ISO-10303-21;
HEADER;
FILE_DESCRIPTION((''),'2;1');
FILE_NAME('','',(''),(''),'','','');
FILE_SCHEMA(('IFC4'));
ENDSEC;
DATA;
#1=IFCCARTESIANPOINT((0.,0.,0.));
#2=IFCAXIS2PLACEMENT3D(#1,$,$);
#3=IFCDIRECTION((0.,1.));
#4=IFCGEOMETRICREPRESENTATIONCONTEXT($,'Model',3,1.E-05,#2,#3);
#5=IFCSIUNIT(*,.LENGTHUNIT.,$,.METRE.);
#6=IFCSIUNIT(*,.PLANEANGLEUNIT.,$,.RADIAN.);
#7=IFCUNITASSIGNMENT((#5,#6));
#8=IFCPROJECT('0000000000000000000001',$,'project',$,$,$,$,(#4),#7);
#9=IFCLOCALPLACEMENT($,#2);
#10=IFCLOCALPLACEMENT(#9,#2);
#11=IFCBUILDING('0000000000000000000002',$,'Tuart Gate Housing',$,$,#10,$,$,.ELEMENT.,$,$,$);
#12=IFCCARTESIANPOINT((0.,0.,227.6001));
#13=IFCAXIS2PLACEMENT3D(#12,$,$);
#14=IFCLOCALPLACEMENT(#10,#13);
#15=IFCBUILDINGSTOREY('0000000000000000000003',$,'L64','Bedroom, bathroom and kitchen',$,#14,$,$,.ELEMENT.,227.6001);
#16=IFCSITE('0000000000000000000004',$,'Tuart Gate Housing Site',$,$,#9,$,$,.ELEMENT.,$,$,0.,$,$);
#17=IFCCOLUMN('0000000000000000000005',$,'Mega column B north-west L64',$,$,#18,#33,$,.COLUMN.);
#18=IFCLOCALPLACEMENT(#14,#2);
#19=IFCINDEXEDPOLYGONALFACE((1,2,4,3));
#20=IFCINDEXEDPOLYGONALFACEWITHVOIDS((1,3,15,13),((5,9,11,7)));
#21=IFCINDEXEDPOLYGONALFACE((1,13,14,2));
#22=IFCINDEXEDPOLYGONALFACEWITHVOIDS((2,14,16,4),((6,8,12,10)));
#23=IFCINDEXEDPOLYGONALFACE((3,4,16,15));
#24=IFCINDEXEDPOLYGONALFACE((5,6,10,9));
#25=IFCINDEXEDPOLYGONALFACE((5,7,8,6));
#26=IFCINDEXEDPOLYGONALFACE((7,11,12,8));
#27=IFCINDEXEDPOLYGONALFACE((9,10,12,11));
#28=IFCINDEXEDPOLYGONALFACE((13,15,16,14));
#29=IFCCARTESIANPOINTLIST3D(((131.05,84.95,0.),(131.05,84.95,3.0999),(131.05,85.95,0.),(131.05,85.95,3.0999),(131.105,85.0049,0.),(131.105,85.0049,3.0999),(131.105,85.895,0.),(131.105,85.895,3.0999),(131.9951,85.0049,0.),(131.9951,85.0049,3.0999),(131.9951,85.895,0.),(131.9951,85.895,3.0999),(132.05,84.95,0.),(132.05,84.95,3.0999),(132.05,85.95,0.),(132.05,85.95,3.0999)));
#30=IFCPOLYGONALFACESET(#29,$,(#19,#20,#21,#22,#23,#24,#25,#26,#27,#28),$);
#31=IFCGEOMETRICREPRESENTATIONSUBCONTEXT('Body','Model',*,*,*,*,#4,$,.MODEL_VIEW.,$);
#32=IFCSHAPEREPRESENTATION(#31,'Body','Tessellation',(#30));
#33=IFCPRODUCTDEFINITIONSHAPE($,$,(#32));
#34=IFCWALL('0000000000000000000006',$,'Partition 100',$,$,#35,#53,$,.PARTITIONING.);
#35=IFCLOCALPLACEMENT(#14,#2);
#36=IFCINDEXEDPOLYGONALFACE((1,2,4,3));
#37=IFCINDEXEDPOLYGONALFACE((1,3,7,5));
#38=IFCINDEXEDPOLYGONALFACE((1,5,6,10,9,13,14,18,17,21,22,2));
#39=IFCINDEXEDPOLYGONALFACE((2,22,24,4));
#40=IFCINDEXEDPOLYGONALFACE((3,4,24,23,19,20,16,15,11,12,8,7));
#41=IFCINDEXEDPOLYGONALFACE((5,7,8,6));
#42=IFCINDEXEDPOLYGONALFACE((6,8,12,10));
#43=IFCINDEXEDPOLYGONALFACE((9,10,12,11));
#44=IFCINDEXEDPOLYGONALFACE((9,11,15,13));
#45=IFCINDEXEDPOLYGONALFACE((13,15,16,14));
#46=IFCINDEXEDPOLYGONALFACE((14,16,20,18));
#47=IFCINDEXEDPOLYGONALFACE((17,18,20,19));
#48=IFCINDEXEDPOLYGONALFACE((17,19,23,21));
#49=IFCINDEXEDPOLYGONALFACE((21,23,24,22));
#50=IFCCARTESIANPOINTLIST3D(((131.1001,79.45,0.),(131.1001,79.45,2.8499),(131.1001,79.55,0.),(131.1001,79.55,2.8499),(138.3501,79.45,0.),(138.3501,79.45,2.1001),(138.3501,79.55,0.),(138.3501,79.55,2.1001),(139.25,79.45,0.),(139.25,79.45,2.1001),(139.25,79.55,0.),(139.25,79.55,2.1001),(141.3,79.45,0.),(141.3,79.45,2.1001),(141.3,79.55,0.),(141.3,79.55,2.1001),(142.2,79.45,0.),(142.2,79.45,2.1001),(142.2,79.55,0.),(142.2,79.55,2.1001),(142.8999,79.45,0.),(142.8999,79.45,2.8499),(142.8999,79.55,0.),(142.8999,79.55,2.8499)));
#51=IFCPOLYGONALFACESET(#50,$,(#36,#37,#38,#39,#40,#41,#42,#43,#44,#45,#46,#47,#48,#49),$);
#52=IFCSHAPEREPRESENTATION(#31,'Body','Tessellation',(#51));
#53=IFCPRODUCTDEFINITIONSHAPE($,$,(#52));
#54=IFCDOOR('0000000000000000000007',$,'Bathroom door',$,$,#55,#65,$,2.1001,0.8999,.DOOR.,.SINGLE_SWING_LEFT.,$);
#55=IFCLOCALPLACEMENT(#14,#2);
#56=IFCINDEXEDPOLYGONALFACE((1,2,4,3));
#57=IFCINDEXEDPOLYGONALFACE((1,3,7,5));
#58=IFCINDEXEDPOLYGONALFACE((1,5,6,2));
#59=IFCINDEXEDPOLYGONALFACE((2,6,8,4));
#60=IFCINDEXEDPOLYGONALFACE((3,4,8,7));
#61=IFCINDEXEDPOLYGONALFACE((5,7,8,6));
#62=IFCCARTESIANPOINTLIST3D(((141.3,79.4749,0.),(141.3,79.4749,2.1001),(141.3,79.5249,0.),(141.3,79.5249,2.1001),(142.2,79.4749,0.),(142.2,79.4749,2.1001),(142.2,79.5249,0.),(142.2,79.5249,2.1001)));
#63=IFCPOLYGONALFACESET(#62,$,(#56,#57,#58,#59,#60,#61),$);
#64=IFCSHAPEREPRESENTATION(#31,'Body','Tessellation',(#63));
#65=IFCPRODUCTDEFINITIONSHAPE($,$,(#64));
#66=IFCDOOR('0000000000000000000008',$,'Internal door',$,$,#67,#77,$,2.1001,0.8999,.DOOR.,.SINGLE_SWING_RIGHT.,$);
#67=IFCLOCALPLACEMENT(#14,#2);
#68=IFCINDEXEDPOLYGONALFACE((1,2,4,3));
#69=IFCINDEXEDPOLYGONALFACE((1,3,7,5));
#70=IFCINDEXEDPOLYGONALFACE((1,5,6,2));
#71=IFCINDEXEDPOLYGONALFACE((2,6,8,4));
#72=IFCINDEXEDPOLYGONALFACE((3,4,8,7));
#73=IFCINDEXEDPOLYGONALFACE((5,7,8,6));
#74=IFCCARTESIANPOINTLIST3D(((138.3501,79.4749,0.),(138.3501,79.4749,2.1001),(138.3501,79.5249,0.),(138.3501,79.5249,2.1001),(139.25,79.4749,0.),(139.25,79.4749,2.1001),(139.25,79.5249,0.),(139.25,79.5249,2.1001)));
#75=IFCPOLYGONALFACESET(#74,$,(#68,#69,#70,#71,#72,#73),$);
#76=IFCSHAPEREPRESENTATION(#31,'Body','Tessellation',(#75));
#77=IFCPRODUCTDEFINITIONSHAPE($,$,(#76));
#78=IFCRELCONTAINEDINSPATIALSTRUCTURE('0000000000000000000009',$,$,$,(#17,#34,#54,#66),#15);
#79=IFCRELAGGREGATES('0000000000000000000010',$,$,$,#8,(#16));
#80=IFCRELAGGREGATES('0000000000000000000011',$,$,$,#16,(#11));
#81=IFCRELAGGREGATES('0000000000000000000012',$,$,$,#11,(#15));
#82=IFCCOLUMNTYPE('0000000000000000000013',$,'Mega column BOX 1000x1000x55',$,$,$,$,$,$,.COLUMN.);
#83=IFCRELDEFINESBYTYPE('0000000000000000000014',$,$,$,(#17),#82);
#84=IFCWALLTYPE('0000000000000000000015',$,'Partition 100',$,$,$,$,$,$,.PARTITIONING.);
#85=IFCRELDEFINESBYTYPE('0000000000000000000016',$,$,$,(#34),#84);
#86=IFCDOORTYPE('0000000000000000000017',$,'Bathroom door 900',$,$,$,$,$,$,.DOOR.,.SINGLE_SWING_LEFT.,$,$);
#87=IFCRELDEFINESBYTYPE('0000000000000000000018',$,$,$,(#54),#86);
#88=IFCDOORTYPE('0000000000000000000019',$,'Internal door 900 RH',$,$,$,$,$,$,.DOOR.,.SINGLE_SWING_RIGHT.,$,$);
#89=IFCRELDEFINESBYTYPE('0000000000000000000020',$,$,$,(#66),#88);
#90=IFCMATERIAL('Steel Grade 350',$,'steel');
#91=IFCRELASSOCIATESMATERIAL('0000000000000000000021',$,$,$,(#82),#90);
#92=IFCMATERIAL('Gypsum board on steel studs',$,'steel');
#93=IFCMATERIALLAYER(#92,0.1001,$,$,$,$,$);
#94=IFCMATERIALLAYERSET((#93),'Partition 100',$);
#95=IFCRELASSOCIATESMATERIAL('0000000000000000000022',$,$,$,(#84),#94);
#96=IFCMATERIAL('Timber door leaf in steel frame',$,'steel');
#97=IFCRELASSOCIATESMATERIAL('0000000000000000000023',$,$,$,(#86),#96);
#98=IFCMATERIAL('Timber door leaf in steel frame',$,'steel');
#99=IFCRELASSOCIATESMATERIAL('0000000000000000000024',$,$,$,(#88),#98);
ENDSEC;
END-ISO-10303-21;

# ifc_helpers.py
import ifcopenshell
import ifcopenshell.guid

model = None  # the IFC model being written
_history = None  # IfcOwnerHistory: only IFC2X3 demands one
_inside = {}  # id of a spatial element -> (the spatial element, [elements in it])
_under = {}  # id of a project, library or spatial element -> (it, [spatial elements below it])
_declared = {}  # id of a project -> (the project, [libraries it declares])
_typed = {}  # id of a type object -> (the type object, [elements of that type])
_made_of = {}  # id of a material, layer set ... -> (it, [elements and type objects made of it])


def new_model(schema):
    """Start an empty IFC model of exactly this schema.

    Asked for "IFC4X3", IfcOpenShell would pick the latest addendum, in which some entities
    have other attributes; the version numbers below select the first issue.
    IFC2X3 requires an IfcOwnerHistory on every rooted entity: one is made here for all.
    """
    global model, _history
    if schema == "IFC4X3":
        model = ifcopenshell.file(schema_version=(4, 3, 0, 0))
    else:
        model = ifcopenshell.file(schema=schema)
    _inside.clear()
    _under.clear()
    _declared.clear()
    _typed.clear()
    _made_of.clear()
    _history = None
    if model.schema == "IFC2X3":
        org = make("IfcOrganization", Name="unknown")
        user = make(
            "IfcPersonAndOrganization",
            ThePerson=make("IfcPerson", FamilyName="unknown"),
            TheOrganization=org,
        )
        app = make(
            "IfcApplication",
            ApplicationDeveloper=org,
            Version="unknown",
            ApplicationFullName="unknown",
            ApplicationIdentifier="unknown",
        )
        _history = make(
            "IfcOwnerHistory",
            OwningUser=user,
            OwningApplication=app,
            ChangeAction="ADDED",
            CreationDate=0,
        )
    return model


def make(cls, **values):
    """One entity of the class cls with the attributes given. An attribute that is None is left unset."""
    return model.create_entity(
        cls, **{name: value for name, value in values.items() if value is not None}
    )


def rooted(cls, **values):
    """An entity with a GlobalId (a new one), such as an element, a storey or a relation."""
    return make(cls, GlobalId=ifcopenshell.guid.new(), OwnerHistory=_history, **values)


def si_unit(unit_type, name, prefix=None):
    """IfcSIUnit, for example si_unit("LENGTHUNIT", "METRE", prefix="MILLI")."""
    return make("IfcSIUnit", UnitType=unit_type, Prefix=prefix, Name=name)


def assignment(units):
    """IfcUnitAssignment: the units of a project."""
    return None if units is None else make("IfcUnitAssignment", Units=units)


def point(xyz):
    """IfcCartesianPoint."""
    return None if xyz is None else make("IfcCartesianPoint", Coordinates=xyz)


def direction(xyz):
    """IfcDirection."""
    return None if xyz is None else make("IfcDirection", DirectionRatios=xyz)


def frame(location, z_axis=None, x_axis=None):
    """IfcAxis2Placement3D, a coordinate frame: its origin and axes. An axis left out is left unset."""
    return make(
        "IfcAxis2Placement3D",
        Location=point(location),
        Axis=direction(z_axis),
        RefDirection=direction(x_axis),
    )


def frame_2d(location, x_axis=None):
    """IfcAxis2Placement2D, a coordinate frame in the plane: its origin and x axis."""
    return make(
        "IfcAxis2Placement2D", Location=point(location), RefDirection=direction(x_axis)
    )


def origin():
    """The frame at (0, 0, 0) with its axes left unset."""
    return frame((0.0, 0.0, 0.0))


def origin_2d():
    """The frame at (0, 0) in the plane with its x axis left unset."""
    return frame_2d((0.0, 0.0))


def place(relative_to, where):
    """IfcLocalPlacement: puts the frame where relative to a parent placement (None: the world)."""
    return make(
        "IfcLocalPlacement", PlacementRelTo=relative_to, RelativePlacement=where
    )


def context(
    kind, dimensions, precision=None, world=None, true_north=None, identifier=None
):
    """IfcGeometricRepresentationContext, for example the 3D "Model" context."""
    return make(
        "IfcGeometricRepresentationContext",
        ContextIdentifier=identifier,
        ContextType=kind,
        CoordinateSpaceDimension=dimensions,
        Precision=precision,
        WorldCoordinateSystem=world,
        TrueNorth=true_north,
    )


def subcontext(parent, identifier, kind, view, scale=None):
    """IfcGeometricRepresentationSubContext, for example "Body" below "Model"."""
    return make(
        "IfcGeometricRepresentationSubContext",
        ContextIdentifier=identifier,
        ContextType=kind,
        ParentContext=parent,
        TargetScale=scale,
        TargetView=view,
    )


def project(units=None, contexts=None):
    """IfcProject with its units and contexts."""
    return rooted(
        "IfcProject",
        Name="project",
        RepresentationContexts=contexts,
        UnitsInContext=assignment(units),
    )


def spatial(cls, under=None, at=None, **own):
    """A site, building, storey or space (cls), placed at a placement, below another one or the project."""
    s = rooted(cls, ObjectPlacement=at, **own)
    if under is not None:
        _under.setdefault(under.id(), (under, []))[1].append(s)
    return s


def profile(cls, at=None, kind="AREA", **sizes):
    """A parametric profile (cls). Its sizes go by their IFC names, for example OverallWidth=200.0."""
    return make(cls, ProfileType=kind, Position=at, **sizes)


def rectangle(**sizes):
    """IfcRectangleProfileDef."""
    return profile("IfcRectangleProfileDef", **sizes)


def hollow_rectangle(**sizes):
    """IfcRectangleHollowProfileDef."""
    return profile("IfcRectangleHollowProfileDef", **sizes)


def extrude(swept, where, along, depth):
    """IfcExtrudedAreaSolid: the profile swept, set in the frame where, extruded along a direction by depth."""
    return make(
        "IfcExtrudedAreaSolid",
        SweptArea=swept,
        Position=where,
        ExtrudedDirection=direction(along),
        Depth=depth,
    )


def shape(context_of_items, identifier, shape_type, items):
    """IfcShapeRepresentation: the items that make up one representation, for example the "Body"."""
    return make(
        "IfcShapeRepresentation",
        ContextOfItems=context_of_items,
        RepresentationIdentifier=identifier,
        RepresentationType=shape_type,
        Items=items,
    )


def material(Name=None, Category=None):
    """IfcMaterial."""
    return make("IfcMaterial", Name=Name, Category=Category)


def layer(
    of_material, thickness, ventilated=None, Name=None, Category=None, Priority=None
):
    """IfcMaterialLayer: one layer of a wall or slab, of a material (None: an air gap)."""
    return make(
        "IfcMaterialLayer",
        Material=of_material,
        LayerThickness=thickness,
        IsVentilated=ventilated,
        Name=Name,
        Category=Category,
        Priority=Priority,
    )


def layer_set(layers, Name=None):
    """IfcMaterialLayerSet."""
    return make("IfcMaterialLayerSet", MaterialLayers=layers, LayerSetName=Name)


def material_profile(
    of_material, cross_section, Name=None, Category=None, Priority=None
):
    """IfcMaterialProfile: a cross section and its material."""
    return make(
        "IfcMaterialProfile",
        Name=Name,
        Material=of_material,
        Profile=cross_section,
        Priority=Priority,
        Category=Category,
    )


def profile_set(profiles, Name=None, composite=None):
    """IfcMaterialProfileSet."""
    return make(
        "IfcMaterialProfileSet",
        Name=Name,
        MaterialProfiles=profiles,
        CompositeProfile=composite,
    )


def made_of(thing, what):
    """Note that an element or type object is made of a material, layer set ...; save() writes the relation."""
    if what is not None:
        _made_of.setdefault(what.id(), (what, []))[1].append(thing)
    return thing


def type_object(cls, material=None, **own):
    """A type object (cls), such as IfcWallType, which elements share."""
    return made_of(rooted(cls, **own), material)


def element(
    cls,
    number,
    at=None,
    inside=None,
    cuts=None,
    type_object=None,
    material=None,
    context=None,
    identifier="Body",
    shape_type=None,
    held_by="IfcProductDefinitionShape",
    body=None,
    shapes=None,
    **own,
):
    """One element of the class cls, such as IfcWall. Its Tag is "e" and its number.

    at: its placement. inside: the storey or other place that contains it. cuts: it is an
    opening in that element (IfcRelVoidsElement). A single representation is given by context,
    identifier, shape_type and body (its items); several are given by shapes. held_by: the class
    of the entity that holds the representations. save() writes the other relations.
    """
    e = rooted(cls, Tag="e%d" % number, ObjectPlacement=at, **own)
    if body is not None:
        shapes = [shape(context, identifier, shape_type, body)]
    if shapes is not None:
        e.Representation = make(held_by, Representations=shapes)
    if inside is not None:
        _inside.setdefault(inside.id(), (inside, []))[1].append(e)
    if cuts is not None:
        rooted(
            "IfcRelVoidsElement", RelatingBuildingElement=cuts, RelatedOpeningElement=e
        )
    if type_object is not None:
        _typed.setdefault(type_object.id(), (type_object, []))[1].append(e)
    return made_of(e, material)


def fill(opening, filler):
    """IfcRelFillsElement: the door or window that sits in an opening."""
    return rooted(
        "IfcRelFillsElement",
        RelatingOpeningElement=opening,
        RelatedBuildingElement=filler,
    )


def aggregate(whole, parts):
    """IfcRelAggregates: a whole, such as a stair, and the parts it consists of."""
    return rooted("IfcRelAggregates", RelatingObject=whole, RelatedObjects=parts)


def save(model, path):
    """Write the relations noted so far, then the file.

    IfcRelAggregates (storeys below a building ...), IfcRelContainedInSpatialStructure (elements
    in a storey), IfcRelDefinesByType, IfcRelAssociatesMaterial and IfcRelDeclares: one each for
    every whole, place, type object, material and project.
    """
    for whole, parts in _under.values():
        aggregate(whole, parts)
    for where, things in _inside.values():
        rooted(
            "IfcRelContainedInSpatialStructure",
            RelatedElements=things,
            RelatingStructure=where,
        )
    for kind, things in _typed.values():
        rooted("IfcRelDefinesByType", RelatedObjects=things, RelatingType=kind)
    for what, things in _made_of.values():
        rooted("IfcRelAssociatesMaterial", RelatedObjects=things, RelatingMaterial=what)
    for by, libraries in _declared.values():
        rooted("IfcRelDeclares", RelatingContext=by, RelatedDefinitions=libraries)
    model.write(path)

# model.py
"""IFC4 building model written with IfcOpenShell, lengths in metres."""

from ifc_helpers import new_model, si_unit, direction, frame, frame_2d, origin, origin_2d, place, context, subcontext, project, spatial, rectangle, hollow_rectangle, extrude, material, layer, layer_set, material_profile, profile_set, type_object, element, fill, save


model = new_model("IFC4")

# Units and contexts
model_context = context("Model", 3, precision=1e-05, world=origin(), true_north=direction((0.0, 1.0)))
body_context = subcontext(model_context, "Body", "Model", "MODEL_VIEW")
ifc_project = project(units=[si_unit("LENGTHUNIT", "METRE"), si_unit("PLANEANGLEUNIT", "RADIAN")], contexts=[model_context])

# Site, building, storey
site_placement = place(None, origin())
site = spatial("IfcSite", under=ifc_project, at=site_placement, Name="Tuart Gate Housing Site", CompositionType="ELEMENT", RefElevation=0.0)
building_placement = place(site_placement, origin())
building = spatial("IfcBuilding", under=site, at=building_placement, Name="Tuart Gate Housing", CompositionType="ELEMENT")
storey_placement = place(building_placement, frame((0.0, 0.0, 227.6001)))
storey = spatial("IfcBuildingStorey", under=building, at=storey_placement, Name="L64", Description="Bedroom, bathroom and kitchen", CompositionType="ELEMENT", Elevation=227.6001)

# Column
ifc_material_1 = material(Name="Steel Grade 350", Category="steel")
ifc_material_profile = material_profile(ifc_material_1, hollow_rectangle(XDim=1.0, YDim=1.0, WallThickness=0.0549, at=origin_2d()), Name="BOX 1000x1000x55")
ifc_profile_set = profile_set([ifc_material_profile], Name="Steel Grade 350")
column_type = type_object("IfcColumnType", Name="Mega column BOX 1000x1000x55", PredefinedType="COLUMN", material=ifc_profile_set)
column_placement = place(storey_placement, frame((131.55, 85.45, 0.0), z_axis=(0.0, 0.0, 1.0), x_axis=(1.0, 0.0, 0.0)))
element("IfcColumn", 1, at=column_placement, inside=storey, type_object=column_type, Name="Mega column B north-west L64", PredefinedType="COLUMN", context=body_context, shape_type="SweptSolid", body=[
    extrude(hollow_rectangle(XDim=1.0, YDim=1.0, WallThickness=0.0549, at=origin_2d()), origin(), (0.0, 0.0, 1.0), 3.0999),
])

# Wall, openings, doors
ifc_material_2 = material(Name="Gypsum board on steel studs", Category="steel")
ifc_layer_1 = layer(ifc_material_2, 0.1001)
ifc_layer_set_1 = layer_set([ifc_layer_1], Name="Partition 100")
wall_type_1 = type_object("IfcWallType", Name="Partition 100", PredefinedType="PARTITIONING", material=ifc_layer_set_1)
wall_1_placement = place(storey_placement, frame((131.1001, 79.5, 0.0), z_axis=(0.0, 0.0, 1.0), x_axis=(1.0, 0.0, 0.0)))
wall_1 = element("IfcWall", 2, at=wall_1_placement, inside=storey, type_object=wall_type_1, Name="Partition 100", PredefinedType="PARTITIONING", context=body_context, shape_type="SweptSolid", body=[
    extrude(rectangle(XDim=11.7998, YDim=0.1001, at=frame_2d((5.8999, 0.0))), origin(), (0.0, 0.0, 1.0), 2.8499),
])
opening_1_placement = place(wall_1_placement, frame((7.25, 0.0, 0.0)))
opening_1 = element("IfcOpeningElement", 3, at=opening_1_placement, cuts=wall_1, PredefinedType="OPENING", context=body_context, shape_type="SweptSolid", body=[
    extrude(rectangle(XDim=0.8999, YDim=2.1001, at=frame_2d((0.45, 1.05))), frame((0.0, 0.0601, 0.0), z_axis=(0.0, -1.0, 0.0), x_axis=(1.0, 0.0, 0.0)), (0.0, 0.0, 1.0), 0.1201),
])
opening_2_placement = place(wall_1_placement, frame((10.2, 0.0, 0.0)))
opening_2 = element("IfcOpeningElement", 4, at=opening_2_placement, cuts=wall_1, PredefinedType="OPENING", context=body_context, shape_type="SweptSolid", body=[
    extrude(rectangle(XDim=0.8999, YDim=2.1001, at=frame_2d((0.45, 1.05))), frame((0.0, 0.0601, 0.0), z_axis=(0.0, -1.0, 0.0), x_axis=(1.0, 0.0, 0.0)), (0.0, 0.0, 1.0), 0.1201),
])
ifc_material_3 = material(Name="Timber door leaf in steel frame", Category="steel")
door_type_1 = type_object("IfcDoorType", Name="Bathroom door 900", OperationType="SINGLE_SWING_LEFT", PredefinedType="DOOR", material=ifc_material_3)
door_1_placement = place(opening_2_placement, origin())
door_1 = element("IfcDoor", 5, at=door_1_placement, inside=storey, type_object=door_type_1, Name="Bathroom door", OperationType="SINGLE_SWING_LEFT", OverallHeight=2.1001, OverallWidth=0.8999, PredefinedType="DOOR", context=body_context, shape_type="SweptSolid", body=[
    extrude(rectangle(XDim=0.8999, YDim=2.1001, at=frame_2d((0.45, 1.05))), frame((0.0, 0.0249, 0.0), z_axis=(0.0, -1.0, 0.0), x_axis=(1.0, 0.0, 0.0)), (0.0, 0.0, 1.0), 0.05),
])
fill(opening_2, door_1)
ifc_material_4 = material(Name="Timber door leaf in steel frame", Category="steel")
door_type_2 = type_object("IfcDoorType", Name="Internal door 900 RH", OperationType="SINGLE_SWING_RIGHT", PredefinedType="DOOR", material=ifc_material_4)
door_2_placement = place(opening_1_placement, frame((0.8999, 0.0, 0.0), z_axis=(0.0, 0.0, 1.0), x_axis=(-1.0, 0.0, 0.0)))
door_2 = element("IfcDoor", 6, at=door_2_placement, inside=storey, type_object=door_type_2, Name="Internal door", OperationType="SINGLE_SWING_RIGHT", OverallHeight=2.1001, OverallWidth=0.8999, PredefinedType="DOOR", context=body_context, shape_type="SweptSolid", body=[
    extrude(rectangle(XDim=0.8999, YDim=2.1001, at=frame_2d((0.45, 1.05))), frame((0.0, 0.0251, 0.0), z_axis=(0.0, -1.0, 0.0), x_axis=(1.0, 0.0, 0.0)), (0.0, 0.0, 1.0), 0.05),
])
fill(opening_1, door_2)

save(model, "model.ifc")
